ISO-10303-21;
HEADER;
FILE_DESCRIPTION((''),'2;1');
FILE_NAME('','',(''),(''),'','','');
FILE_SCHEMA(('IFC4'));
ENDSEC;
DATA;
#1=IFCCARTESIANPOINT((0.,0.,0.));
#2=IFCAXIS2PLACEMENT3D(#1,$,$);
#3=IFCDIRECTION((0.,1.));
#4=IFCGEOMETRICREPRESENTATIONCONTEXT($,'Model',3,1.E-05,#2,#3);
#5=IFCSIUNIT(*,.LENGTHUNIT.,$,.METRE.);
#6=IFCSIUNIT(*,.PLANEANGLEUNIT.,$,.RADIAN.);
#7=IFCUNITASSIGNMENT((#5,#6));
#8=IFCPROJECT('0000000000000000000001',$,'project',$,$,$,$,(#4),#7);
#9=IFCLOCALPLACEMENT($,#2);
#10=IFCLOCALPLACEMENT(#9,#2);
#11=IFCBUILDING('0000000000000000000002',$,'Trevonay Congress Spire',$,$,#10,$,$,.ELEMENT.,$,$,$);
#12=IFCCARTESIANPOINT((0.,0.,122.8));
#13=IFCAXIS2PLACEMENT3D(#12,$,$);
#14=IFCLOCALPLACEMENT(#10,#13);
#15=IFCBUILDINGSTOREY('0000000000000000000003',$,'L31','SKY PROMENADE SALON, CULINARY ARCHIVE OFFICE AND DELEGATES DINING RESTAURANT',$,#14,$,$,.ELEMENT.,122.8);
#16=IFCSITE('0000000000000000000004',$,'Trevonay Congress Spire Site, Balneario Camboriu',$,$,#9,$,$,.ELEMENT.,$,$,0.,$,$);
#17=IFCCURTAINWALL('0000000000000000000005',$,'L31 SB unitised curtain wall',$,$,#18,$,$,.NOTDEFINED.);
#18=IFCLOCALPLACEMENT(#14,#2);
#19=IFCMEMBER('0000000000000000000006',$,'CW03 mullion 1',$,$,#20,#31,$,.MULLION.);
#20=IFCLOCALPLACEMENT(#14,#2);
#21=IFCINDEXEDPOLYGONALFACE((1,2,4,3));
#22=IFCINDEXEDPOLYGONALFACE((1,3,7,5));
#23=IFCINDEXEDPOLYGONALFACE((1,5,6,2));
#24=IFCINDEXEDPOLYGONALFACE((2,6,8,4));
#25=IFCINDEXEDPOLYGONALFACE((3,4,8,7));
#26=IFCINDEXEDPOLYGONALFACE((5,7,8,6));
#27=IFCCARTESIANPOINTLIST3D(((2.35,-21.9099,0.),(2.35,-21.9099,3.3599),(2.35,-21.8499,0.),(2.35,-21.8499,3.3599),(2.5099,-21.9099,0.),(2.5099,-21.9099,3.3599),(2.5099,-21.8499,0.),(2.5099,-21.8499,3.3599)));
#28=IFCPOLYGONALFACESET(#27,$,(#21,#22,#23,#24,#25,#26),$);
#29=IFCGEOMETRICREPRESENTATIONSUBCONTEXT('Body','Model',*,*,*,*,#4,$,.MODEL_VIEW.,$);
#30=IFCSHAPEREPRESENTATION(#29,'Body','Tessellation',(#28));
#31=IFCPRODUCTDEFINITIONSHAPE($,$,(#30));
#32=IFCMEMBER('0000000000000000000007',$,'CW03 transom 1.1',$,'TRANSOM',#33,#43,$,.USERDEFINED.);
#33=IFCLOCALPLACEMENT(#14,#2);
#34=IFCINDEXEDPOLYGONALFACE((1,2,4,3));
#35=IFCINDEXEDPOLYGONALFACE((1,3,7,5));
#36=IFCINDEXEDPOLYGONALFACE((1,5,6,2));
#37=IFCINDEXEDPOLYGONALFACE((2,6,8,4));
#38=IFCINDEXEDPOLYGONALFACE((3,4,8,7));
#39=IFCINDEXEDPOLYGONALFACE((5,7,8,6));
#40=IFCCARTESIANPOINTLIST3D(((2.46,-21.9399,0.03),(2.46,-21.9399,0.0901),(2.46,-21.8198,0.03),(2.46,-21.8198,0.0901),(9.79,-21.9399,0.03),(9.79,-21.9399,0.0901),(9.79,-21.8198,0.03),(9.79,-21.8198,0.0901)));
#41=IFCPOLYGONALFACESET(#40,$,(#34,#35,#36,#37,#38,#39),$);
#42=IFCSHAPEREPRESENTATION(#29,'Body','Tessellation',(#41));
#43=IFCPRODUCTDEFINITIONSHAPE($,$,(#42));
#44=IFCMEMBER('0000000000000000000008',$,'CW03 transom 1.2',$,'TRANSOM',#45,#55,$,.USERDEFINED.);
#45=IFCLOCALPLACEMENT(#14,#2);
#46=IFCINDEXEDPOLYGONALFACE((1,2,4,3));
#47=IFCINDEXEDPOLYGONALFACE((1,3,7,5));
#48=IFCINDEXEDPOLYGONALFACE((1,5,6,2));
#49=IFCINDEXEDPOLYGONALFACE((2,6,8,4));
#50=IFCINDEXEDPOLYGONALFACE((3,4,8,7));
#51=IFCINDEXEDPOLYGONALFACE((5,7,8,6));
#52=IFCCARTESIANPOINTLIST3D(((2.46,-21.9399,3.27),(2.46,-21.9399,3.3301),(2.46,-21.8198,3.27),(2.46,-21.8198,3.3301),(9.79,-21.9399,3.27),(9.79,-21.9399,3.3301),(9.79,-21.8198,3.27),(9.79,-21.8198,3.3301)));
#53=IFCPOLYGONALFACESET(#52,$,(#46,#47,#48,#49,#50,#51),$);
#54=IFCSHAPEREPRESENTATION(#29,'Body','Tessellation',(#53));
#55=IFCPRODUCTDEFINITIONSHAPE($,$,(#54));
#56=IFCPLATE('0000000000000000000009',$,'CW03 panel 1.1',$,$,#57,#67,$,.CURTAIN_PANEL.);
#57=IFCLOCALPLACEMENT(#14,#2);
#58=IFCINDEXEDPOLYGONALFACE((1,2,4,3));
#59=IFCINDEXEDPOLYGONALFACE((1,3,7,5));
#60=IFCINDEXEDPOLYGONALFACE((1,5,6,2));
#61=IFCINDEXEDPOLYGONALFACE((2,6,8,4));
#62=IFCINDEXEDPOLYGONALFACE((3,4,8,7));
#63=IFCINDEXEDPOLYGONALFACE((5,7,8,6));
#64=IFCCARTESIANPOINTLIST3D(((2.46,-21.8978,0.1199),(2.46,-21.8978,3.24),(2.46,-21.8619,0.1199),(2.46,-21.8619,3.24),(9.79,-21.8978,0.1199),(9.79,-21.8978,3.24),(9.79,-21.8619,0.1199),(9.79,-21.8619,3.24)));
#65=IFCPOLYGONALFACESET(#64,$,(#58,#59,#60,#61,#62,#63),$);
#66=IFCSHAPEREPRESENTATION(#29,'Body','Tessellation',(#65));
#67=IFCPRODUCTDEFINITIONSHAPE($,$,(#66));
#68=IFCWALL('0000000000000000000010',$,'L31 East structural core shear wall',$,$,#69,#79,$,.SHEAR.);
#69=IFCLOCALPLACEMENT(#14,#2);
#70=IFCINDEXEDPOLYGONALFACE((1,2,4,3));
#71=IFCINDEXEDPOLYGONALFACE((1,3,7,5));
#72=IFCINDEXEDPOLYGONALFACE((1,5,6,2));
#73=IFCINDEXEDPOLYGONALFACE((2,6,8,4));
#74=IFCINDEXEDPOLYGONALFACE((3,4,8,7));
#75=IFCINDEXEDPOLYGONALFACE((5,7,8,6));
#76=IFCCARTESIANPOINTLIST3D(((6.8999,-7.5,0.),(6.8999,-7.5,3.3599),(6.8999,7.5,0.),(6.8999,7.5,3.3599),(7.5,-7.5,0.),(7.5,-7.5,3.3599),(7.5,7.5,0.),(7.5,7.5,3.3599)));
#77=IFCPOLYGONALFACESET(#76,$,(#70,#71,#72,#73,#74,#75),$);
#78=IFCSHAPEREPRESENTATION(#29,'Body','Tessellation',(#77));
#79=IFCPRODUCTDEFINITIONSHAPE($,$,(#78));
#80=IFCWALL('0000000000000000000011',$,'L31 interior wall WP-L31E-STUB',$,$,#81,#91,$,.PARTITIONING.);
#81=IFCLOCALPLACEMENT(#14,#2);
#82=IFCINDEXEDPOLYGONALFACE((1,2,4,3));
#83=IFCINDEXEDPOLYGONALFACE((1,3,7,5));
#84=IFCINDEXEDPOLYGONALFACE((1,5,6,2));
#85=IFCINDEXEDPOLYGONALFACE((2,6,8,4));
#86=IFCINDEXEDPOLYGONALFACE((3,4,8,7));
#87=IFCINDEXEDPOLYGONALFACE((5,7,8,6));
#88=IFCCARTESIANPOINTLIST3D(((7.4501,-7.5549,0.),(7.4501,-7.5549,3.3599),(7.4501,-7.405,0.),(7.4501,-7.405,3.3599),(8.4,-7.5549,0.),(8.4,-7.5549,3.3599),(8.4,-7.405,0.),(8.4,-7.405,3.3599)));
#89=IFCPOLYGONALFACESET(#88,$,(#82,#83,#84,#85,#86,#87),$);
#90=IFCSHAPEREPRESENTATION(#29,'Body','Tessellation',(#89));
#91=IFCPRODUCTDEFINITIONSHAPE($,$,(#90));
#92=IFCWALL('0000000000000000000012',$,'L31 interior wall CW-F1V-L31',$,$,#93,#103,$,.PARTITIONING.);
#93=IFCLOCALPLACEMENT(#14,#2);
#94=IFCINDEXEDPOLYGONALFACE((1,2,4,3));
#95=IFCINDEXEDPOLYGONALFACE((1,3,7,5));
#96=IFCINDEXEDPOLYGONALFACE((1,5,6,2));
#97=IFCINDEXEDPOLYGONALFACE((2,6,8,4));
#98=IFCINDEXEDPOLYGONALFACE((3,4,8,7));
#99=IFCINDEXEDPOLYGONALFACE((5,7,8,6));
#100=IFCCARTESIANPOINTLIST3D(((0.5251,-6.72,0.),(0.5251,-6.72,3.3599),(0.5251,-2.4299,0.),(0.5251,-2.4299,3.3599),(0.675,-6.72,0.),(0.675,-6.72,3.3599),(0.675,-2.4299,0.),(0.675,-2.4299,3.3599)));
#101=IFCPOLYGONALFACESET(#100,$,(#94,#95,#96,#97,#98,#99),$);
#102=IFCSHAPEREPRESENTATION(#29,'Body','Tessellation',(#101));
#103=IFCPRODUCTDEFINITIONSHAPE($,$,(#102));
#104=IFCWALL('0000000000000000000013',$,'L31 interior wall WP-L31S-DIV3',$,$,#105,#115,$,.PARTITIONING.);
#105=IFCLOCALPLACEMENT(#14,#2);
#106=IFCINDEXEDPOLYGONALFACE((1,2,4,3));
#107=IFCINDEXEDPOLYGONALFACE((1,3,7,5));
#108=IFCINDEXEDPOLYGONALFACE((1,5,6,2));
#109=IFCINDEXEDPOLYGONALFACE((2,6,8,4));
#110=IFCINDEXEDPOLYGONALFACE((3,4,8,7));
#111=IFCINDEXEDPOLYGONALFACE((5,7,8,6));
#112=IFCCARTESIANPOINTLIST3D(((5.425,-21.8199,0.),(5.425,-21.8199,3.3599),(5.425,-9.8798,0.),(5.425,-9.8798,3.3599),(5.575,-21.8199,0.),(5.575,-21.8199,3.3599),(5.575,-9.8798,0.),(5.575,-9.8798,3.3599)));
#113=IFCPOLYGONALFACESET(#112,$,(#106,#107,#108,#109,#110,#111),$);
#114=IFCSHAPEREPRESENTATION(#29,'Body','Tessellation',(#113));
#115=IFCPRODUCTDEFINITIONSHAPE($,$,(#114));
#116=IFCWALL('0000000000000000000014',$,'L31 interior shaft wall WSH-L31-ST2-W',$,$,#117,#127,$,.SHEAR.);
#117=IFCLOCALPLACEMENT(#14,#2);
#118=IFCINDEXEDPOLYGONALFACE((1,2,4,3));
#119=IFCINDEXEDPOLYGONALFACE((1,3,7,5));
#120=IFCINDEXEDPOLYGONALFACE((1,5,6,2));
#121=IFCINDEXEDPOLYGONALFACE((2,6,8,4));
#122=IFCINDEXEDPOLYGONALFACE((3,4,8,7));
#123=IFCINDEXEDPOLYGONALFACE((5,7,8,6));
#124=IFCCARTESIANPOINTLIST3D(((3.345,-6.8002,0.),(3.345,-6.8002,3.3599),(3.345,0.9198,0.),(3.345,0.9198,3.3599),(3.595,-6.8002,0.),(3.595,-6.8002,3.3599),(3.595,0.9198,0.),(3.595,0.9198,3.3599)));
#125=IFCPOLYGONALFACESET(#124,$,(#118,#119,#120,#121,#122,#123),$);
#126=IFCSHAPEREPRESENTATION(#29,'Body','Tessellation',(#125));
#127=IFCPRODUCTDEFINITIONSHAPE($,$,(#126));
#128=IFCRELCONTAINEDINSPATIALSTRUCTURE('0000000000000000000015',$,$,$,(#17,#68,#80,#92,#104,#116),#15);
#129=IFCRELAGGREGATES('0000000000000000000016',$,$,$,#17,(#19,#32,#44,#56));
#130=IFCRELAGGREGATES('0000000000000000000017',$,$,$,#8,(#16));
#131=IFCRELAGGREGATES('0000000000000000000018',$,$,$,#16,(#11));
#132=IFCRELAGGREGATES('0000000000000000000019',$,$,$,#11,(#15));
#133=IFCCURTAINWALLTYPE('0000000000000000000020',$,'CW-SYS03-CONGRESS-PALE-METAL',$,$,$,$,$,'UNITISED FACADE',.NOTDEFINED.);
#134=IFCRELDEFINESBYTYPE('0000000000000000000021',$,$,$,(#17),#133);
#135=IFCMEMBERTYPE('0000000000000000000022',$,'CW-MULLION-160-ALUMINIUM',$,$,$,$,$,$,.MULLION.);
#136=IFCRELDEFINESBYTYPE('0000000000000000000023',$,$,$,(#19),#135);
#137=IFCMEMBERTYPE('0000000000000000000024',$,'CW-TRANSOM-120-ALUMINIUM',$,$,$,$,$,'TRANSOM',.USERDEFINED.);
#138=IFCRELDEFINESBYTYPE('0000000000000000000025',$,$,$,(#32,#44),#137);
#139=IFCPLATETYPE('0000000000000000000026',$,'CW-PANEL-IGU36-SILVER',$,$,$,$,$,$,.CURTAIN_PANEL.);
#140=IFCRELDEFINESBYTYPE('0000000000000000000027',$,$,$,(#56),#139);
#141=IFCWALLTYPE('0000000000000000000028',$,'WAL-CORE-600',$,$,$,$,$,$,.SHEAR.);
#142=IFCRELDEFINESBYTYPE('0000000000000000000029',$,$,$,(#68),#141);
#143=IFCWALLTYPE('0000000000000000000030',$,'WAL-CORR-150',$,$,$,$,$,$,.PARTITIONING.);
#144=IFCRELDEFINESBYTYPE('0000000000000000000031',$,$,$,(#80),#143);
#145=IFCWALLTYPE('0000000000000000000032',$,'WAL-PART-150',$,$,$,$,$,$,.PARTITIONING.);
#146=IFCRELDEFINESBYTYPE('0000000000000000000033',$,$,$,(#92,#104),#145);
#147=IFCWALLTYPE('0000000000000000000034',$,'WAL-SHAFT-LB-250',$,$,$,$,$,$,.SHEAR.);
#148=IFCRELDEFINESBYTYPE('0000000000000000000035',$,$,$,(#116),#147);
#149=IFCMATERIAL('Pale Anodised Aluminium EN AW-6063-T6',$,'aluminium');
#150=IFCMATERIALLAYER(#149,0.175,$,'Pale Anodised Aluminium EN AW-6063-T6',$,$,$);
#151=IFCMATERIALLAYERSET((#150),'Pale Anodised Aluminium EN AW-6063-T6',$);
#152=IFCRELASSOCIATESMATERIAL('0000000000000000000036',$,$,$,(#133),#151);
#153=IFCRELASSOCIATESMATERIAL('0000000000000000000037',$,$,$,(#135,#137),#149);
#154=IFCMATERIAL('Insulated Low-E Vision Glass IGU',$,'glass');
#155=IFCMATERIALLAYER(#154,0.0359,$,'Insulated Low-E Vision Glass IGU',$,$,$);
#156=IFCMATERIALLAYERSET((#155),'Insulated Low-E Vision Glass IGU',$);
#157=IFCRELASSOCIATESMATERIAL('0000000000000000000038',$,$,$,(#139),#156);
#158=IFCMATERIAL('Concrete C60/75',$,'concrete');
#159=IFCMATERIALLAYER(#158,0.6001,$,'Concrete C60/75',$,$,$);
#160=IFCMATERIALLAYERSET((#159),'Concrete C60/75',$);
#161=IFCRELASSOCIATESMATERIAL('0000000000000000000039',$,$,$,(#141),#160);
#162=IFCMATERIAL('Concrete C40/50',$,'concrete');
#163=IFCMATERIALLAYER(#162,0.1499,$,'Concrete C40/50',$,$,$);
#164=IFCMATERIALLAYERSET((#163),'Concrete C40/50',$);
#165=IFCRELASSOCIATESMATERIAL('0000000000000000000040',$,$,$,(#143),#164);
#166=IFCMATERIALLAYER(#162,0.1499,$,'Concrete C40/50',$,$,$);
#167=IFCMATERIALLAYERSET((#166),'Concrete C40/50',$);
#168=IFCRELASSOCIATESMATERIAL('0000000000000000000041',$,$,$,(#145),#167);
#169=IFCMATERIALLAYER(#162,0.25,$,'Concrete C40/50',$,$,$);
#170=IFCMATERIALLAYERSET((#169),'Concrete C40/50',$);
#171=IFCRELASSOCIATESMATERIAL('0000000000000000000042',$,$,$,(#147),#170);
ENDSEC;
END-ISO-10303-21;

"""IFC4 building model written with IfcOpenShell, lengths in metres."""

from ifc_helpers import new_model, si_unit, direction, frame, frame_2d, origin, origin_2d, place, context, subcontext, project, spatial, rectangle, extrude, material, layer, layer_set, material_profile, profile_set, type_object, element, aggregate, save


model = new_model("IFC4")

# Units and contexts
model_context = context("Model", 3, precision=1e-05, world=origin(), true_north=direction((0.0, 1.0)))
body_context = subcontext(model_context, "Body", "Model", "MODEL_VIEW")
ifc_project = project(units=[si_unit("LENGTHUNIT", "METRE"), si_unit("PLANEANGLEUNIT", "RADIAN")], contexts=[model_context])

# Site, building, storey
site_placement = place(None, origin())
site = spatial("IfcSite", under=ifc_project, at=site_placement, Name="Trevonay Congress Spire Site, Balneario Camboriu", CompositionType="ELEMENT", RefElevation=0.0)
building_placement = place(site_placement, origin())
building = spatial("IfcBuilding", under=site, at=building_placement, Name="Trevonay Congress Spire", CompositionType="ELEMENT")
storey_placement = place(building_placement, frame((0.0, 0.0, 122.8)))
storey = spatial("IfcBuildingStorey", under=building, at=storey_placement, Name="L31", Description="SKY PROMENADE SALON, CULINARY ARCHIVE OFFICE AND DELEGATES DINING RESTAURANT", CompositionType="ELEMENT", Elevation=122.8)

# Curtain wall, members, plate
ifc_material_1 = material(Name="Pale Anodised Aluminium EN AW-6063-T6", Category="aluminium")
ifc_layer_1 = layer(ifc_material_1, 0.175, Name="Pale Anodised Aluminium EN AW-6063-T6")
ifc_layer_set_1 = layer_set([ifc_layer_1], Name="Pale Anodised Aluminium EN AW-6063-T6")
curtain_wall_type = type_object("IfcCurtainWallType", Name="CW-SYS03-CONGRESS-PALE-METAL", ElementType="UNITISED FACADE", PredefinedType="NOTDEFINED", material=ifc_layer_set_1)
curtain_wall_placement = place(storey_placement, origin())
curtain_wall = element("IfcCurtainWall", 1, at=curtain_wall_placement, inside=storey, type_object=curtain_wall_type, Name="L31 SB unitised curtain wall", PredefinedType="NOTDEFINED")
ifc_material_profile_1 = material_profile(ifc_material_1, rectangle(XDim=0.0601, YDim=0.1599, at=origin_2d()), Name="CW-MULLION-160-ALUMINIUM")
ifc_profile_set_1 = profile_set([ifc_material_profile_1], Name="Pale Anodised Aluminium EN AW-6063-T6")
member_type_1 = type_object("IfcMemberType", Name="CW-MULLION-160-ALUMINIUM", PredefinedType="MULLION", material=ifc_profile_set_1)
member_1_placement = place(storey_placement, frame((2.4299, -21.8799, 0.0), z_axis=(0.0, 0.0, 1.0), x_axis=(0.0, 1.0, 0.0)))
member_1 = element("IfcMember", 2, at=member_1_placement, type_object=member_type_1, Name="CW03 mullion 1", PredefinedType="MULLION", context=body_context, shape_type="SweptSolid", body=[
    extrude(rectangle(XDim=0.0601, YDim=0.1599, at=origin_2d()), origin(), (0.0, 0.0, 1.0), 3.3599),
])
ifc_material_profile_2 = material_profile(ifc_material_1, rectangle(XDim=0.1201, YDim=0.0601, at=origin_2d()), Name="CW-TRANSOM-120-ALUMINIUM")
ifc_profile_set_2 = profile_set([ifc_material_profile_2], Name="Pale Anodised Aluminium EN AW-6063-T6")
member_type_2 = type_object("IfcMemberType", Name="CW-TRANSOM-120-ALUMINIUM", ElementType="TRANSOM", PredefinedType="USERDEFINED", material=ifc_profile_set_2)
member_2_placement = place(storey_placement, frame((2.46, -21.8799, 0.0601), z_axis=(1.0, 0.0, 0.0), x_axis=(0.0, 1.0, 0.0)))
member_2 = element("IfcMember", 3, at=member_2_placement, type_object=member_type_2, Name="CW03 transom 1.1", ObjectType="TRANSOM", PredefinedType="USERDEFINED", context=body_context, shape_type="SweptSolid", body=[
    extrude(rectangle(XDim=0.1201, YDim=0.0601, at=origin_2d()), origin(), (0.0, 0.0, 1.0), 7.3301),
])
member_3_placement = place(storey_placement, frame((2.46, -21.8799, 3.3), z_axis=(1.0, 0.0, 0.0), x_axis=(0.0, 1.0, 0.0)))
member_3 = element("IfcMember", 4, at=member_3_placement, type_object=member_type_2, Name="CW03 transom 1.2", ObjectType="TRANSOM", PredefinedType="USERDEFINED", context=body_context, shape_type="SweptSolid", body=[
    extrude(rectangle(XDim=0.1201, YDim=0.0601, at=origin_2d()), origin(), (0.0, 0.0, 1.0), 7.3301),
])
ifc_material_2 = material(Name="Insulated Low-E Vision Glass IGU", Category="glass")
ifc_layer_2 = layer(ifc_material_2, 0.0359, Name="Insulated Low-E Vision Glass IGU")
ifc_layer_set_2 = layer_set([ifc_layer_2], Name="Insulated Low-E Vision Glass IGU")
plate_type = type_object("IfcPlateType", Name="CW-PANEL-IGU36-SILVER", PredefinedType="CURTAIN_PANEL", material=ifc_layer_set_2)
plate_placement = place(storey_placement, frame((6.125, -21.8799, 0.1199), z_axis=(0.0, 0.0, 1.0), x_axis=(1.0, 0.0, 0.0)))
plate = element("IfcPlate", 5, at=plate_placement, type_object=plate_type, Name="CW03 panel 1.1", PredefinedType="CURTAIN_PANEL", context=body_context, shape_type="SweptSolid", body=[
    extrude(rectangle(XDim=7.3301, YDim=0.0359, at=origin_2d()), origin(), (0.0, 0.0, 1.0), 3.1201),
])
aggregate(curtain_wall, [member_1, member_2, member_3, plate])

# Walls
ifc_material_3 = material(Name="Concrete C60/75", Category="concrete")
ifc_layer_3 = layer(ifc_material_3, 0.6001, Name="Concrete C60/75")
ifc_layer_set_3 = layer_set([ifc_layer_3], Name="Concrete C60/75")
wall_type_1 = type_object("IfcWallType", Name="WAL-CORE-600", PredefinedType="SHEAR", material=ifc_layer_set_3)
wall_1_placement = place(storey_placement, frame((7.2, -7.5, 0.0), z_axis=(0.0, 0.0, 1.0), x_axis=(0.0, 1.0, 0.0)))
element("IfcWall", 6, at=wall_1_placement, inside=storey, type_object=wall_type_1, Name="L31 East structural core shear wall", PredefinedType="SHEAR", context=body_context, shape_type="SweptSolid", body=[
    extrude(rectangle(XDim=15.0, YDim=0.6001, at=frame_2d((7.5, 0.0))), origin(), (0.0, 0.0, 1.0), 3.3599),
])
ifc_material_4 = material(Name="Concrete C40/50", Category="concrete")
ifc_layer_4 = layer(ifc_material_4, 0.1499, Name="Concrete C40/50")
ifc_layer_set_4 = layer_set([ifc_layer_4], Name="Concrete C40/50")
wall_type_2 = type_object("IfcWallType", Name="WAL-CORR-150", PredefinedType="PARTITIONING", material=ifc_layer_set_4)
wall_2_placement = place(storey_placement, frame((7.45, -7.48, 0.0), z_axis=(0.0, 0.0, 1.0), x_axis=(1.0, 0.0, 0.0)))
element("IfcWall", 7, at=wall_2_placement, inside=storey, type_object=wall_type_2, Name="L31 interior wall WP-L31E-STUB", PredefinedType="PARTITIONING", context=body_context, shape_type="SweptSolid", body=[
    extrude(rectangle(XDim=0.95, YDim=0.1499, at=frame_2d((0.4751, 0.0))), origin(), (0.0, 0.0, 1.0), 3.3599),
])
ifc_layer_5 = layer(ifc_material_4, 0.1499, Name="Concrete C40/50")
ifc_layer_set_5 = layer_set([ifc_layer_5], Name="Concrete C40/50")
wall_type_3 = type_object("IfcWallType", Name="WAL-PART-150", PredefinedType="PARTITIONING", material=ifc_layer_set_5)
wall_3_placement = place(storey_placement, frame((0.6001, -6.72, 0.0), z_axis=(0.0, 0.0, 1.0), x_axis=(0.0, 1.0, 0.0)))
element("IfcWall", 8, at=wall_3_placement, inside=storey, type_object=wall_type_3, Name="L31 interior wall CW-F1V-L31", PredefinedType="PARTITIONING", context=body_context, shape_type="SweptSolid", body=[
    extrude(rectangle(XDim=4.29, YDim=0.1499, at=frame_2d((2.145, 0.0))), origin(), (0.0, 0.0, 1.0), 3.3599),
])
wall_4_placement = place(storey_placement, frame((5.5, -21.8201, 0.0), z_axis=(0.0, 0.0, 1.0), x_axis=(0.0, 1.0, 0.0)))
element("IfcWall", 9, at=wall_4_placement, inside=storey, type_object=wall_type_3, Name="L31 interior wall WP-L31S-DIV3", PredefinedType="PARTITIONING", context=body_context, shape_type="SweptSolid", body=[
    extrude(rectangle(XDim=11.9402, YDim=0.1499, at=frame_2d((5.9702, 0.0))), origin(), (0.0, 0.0, 1.0), 3.3599),
])
ifc_layer_6 = layer(ifc_material_4, 0.25, Name="Concrete C40/50")
ifc_layer_set_6 = layer_set([ifc_layer_6], Name="Concrete C40/50")
wall_type_4 = type_object("IfcWallType", Name="WAL-SHAFT-LB-250", PredefinedType="SHEAR", material=ifc_layer_set_6)
wall_5_placement = place(storey_placement, frame((3.47, -6.8, 0.0), z_axis=(0.0, 0.0, 1.0), x_axis=(0.0, 1.0, 0.0)))
element("IfcWall", 10, at=wall_5_placement, inside=storey, type_object=wall_type_4, Name="L31 interior shaft wall WSH-L31-ST2-W", PredefinedType="SHEAR", context=body_context, shape_type="SweptSolid", body=[
    extrude(rectangle(XDim=7.72, YDim=0.25, at=frame_2d((3.8599, 0.0))), origin(), (0.0, 0.0, 1.0), 3.3599),
])

save(model, "model.ifc")
